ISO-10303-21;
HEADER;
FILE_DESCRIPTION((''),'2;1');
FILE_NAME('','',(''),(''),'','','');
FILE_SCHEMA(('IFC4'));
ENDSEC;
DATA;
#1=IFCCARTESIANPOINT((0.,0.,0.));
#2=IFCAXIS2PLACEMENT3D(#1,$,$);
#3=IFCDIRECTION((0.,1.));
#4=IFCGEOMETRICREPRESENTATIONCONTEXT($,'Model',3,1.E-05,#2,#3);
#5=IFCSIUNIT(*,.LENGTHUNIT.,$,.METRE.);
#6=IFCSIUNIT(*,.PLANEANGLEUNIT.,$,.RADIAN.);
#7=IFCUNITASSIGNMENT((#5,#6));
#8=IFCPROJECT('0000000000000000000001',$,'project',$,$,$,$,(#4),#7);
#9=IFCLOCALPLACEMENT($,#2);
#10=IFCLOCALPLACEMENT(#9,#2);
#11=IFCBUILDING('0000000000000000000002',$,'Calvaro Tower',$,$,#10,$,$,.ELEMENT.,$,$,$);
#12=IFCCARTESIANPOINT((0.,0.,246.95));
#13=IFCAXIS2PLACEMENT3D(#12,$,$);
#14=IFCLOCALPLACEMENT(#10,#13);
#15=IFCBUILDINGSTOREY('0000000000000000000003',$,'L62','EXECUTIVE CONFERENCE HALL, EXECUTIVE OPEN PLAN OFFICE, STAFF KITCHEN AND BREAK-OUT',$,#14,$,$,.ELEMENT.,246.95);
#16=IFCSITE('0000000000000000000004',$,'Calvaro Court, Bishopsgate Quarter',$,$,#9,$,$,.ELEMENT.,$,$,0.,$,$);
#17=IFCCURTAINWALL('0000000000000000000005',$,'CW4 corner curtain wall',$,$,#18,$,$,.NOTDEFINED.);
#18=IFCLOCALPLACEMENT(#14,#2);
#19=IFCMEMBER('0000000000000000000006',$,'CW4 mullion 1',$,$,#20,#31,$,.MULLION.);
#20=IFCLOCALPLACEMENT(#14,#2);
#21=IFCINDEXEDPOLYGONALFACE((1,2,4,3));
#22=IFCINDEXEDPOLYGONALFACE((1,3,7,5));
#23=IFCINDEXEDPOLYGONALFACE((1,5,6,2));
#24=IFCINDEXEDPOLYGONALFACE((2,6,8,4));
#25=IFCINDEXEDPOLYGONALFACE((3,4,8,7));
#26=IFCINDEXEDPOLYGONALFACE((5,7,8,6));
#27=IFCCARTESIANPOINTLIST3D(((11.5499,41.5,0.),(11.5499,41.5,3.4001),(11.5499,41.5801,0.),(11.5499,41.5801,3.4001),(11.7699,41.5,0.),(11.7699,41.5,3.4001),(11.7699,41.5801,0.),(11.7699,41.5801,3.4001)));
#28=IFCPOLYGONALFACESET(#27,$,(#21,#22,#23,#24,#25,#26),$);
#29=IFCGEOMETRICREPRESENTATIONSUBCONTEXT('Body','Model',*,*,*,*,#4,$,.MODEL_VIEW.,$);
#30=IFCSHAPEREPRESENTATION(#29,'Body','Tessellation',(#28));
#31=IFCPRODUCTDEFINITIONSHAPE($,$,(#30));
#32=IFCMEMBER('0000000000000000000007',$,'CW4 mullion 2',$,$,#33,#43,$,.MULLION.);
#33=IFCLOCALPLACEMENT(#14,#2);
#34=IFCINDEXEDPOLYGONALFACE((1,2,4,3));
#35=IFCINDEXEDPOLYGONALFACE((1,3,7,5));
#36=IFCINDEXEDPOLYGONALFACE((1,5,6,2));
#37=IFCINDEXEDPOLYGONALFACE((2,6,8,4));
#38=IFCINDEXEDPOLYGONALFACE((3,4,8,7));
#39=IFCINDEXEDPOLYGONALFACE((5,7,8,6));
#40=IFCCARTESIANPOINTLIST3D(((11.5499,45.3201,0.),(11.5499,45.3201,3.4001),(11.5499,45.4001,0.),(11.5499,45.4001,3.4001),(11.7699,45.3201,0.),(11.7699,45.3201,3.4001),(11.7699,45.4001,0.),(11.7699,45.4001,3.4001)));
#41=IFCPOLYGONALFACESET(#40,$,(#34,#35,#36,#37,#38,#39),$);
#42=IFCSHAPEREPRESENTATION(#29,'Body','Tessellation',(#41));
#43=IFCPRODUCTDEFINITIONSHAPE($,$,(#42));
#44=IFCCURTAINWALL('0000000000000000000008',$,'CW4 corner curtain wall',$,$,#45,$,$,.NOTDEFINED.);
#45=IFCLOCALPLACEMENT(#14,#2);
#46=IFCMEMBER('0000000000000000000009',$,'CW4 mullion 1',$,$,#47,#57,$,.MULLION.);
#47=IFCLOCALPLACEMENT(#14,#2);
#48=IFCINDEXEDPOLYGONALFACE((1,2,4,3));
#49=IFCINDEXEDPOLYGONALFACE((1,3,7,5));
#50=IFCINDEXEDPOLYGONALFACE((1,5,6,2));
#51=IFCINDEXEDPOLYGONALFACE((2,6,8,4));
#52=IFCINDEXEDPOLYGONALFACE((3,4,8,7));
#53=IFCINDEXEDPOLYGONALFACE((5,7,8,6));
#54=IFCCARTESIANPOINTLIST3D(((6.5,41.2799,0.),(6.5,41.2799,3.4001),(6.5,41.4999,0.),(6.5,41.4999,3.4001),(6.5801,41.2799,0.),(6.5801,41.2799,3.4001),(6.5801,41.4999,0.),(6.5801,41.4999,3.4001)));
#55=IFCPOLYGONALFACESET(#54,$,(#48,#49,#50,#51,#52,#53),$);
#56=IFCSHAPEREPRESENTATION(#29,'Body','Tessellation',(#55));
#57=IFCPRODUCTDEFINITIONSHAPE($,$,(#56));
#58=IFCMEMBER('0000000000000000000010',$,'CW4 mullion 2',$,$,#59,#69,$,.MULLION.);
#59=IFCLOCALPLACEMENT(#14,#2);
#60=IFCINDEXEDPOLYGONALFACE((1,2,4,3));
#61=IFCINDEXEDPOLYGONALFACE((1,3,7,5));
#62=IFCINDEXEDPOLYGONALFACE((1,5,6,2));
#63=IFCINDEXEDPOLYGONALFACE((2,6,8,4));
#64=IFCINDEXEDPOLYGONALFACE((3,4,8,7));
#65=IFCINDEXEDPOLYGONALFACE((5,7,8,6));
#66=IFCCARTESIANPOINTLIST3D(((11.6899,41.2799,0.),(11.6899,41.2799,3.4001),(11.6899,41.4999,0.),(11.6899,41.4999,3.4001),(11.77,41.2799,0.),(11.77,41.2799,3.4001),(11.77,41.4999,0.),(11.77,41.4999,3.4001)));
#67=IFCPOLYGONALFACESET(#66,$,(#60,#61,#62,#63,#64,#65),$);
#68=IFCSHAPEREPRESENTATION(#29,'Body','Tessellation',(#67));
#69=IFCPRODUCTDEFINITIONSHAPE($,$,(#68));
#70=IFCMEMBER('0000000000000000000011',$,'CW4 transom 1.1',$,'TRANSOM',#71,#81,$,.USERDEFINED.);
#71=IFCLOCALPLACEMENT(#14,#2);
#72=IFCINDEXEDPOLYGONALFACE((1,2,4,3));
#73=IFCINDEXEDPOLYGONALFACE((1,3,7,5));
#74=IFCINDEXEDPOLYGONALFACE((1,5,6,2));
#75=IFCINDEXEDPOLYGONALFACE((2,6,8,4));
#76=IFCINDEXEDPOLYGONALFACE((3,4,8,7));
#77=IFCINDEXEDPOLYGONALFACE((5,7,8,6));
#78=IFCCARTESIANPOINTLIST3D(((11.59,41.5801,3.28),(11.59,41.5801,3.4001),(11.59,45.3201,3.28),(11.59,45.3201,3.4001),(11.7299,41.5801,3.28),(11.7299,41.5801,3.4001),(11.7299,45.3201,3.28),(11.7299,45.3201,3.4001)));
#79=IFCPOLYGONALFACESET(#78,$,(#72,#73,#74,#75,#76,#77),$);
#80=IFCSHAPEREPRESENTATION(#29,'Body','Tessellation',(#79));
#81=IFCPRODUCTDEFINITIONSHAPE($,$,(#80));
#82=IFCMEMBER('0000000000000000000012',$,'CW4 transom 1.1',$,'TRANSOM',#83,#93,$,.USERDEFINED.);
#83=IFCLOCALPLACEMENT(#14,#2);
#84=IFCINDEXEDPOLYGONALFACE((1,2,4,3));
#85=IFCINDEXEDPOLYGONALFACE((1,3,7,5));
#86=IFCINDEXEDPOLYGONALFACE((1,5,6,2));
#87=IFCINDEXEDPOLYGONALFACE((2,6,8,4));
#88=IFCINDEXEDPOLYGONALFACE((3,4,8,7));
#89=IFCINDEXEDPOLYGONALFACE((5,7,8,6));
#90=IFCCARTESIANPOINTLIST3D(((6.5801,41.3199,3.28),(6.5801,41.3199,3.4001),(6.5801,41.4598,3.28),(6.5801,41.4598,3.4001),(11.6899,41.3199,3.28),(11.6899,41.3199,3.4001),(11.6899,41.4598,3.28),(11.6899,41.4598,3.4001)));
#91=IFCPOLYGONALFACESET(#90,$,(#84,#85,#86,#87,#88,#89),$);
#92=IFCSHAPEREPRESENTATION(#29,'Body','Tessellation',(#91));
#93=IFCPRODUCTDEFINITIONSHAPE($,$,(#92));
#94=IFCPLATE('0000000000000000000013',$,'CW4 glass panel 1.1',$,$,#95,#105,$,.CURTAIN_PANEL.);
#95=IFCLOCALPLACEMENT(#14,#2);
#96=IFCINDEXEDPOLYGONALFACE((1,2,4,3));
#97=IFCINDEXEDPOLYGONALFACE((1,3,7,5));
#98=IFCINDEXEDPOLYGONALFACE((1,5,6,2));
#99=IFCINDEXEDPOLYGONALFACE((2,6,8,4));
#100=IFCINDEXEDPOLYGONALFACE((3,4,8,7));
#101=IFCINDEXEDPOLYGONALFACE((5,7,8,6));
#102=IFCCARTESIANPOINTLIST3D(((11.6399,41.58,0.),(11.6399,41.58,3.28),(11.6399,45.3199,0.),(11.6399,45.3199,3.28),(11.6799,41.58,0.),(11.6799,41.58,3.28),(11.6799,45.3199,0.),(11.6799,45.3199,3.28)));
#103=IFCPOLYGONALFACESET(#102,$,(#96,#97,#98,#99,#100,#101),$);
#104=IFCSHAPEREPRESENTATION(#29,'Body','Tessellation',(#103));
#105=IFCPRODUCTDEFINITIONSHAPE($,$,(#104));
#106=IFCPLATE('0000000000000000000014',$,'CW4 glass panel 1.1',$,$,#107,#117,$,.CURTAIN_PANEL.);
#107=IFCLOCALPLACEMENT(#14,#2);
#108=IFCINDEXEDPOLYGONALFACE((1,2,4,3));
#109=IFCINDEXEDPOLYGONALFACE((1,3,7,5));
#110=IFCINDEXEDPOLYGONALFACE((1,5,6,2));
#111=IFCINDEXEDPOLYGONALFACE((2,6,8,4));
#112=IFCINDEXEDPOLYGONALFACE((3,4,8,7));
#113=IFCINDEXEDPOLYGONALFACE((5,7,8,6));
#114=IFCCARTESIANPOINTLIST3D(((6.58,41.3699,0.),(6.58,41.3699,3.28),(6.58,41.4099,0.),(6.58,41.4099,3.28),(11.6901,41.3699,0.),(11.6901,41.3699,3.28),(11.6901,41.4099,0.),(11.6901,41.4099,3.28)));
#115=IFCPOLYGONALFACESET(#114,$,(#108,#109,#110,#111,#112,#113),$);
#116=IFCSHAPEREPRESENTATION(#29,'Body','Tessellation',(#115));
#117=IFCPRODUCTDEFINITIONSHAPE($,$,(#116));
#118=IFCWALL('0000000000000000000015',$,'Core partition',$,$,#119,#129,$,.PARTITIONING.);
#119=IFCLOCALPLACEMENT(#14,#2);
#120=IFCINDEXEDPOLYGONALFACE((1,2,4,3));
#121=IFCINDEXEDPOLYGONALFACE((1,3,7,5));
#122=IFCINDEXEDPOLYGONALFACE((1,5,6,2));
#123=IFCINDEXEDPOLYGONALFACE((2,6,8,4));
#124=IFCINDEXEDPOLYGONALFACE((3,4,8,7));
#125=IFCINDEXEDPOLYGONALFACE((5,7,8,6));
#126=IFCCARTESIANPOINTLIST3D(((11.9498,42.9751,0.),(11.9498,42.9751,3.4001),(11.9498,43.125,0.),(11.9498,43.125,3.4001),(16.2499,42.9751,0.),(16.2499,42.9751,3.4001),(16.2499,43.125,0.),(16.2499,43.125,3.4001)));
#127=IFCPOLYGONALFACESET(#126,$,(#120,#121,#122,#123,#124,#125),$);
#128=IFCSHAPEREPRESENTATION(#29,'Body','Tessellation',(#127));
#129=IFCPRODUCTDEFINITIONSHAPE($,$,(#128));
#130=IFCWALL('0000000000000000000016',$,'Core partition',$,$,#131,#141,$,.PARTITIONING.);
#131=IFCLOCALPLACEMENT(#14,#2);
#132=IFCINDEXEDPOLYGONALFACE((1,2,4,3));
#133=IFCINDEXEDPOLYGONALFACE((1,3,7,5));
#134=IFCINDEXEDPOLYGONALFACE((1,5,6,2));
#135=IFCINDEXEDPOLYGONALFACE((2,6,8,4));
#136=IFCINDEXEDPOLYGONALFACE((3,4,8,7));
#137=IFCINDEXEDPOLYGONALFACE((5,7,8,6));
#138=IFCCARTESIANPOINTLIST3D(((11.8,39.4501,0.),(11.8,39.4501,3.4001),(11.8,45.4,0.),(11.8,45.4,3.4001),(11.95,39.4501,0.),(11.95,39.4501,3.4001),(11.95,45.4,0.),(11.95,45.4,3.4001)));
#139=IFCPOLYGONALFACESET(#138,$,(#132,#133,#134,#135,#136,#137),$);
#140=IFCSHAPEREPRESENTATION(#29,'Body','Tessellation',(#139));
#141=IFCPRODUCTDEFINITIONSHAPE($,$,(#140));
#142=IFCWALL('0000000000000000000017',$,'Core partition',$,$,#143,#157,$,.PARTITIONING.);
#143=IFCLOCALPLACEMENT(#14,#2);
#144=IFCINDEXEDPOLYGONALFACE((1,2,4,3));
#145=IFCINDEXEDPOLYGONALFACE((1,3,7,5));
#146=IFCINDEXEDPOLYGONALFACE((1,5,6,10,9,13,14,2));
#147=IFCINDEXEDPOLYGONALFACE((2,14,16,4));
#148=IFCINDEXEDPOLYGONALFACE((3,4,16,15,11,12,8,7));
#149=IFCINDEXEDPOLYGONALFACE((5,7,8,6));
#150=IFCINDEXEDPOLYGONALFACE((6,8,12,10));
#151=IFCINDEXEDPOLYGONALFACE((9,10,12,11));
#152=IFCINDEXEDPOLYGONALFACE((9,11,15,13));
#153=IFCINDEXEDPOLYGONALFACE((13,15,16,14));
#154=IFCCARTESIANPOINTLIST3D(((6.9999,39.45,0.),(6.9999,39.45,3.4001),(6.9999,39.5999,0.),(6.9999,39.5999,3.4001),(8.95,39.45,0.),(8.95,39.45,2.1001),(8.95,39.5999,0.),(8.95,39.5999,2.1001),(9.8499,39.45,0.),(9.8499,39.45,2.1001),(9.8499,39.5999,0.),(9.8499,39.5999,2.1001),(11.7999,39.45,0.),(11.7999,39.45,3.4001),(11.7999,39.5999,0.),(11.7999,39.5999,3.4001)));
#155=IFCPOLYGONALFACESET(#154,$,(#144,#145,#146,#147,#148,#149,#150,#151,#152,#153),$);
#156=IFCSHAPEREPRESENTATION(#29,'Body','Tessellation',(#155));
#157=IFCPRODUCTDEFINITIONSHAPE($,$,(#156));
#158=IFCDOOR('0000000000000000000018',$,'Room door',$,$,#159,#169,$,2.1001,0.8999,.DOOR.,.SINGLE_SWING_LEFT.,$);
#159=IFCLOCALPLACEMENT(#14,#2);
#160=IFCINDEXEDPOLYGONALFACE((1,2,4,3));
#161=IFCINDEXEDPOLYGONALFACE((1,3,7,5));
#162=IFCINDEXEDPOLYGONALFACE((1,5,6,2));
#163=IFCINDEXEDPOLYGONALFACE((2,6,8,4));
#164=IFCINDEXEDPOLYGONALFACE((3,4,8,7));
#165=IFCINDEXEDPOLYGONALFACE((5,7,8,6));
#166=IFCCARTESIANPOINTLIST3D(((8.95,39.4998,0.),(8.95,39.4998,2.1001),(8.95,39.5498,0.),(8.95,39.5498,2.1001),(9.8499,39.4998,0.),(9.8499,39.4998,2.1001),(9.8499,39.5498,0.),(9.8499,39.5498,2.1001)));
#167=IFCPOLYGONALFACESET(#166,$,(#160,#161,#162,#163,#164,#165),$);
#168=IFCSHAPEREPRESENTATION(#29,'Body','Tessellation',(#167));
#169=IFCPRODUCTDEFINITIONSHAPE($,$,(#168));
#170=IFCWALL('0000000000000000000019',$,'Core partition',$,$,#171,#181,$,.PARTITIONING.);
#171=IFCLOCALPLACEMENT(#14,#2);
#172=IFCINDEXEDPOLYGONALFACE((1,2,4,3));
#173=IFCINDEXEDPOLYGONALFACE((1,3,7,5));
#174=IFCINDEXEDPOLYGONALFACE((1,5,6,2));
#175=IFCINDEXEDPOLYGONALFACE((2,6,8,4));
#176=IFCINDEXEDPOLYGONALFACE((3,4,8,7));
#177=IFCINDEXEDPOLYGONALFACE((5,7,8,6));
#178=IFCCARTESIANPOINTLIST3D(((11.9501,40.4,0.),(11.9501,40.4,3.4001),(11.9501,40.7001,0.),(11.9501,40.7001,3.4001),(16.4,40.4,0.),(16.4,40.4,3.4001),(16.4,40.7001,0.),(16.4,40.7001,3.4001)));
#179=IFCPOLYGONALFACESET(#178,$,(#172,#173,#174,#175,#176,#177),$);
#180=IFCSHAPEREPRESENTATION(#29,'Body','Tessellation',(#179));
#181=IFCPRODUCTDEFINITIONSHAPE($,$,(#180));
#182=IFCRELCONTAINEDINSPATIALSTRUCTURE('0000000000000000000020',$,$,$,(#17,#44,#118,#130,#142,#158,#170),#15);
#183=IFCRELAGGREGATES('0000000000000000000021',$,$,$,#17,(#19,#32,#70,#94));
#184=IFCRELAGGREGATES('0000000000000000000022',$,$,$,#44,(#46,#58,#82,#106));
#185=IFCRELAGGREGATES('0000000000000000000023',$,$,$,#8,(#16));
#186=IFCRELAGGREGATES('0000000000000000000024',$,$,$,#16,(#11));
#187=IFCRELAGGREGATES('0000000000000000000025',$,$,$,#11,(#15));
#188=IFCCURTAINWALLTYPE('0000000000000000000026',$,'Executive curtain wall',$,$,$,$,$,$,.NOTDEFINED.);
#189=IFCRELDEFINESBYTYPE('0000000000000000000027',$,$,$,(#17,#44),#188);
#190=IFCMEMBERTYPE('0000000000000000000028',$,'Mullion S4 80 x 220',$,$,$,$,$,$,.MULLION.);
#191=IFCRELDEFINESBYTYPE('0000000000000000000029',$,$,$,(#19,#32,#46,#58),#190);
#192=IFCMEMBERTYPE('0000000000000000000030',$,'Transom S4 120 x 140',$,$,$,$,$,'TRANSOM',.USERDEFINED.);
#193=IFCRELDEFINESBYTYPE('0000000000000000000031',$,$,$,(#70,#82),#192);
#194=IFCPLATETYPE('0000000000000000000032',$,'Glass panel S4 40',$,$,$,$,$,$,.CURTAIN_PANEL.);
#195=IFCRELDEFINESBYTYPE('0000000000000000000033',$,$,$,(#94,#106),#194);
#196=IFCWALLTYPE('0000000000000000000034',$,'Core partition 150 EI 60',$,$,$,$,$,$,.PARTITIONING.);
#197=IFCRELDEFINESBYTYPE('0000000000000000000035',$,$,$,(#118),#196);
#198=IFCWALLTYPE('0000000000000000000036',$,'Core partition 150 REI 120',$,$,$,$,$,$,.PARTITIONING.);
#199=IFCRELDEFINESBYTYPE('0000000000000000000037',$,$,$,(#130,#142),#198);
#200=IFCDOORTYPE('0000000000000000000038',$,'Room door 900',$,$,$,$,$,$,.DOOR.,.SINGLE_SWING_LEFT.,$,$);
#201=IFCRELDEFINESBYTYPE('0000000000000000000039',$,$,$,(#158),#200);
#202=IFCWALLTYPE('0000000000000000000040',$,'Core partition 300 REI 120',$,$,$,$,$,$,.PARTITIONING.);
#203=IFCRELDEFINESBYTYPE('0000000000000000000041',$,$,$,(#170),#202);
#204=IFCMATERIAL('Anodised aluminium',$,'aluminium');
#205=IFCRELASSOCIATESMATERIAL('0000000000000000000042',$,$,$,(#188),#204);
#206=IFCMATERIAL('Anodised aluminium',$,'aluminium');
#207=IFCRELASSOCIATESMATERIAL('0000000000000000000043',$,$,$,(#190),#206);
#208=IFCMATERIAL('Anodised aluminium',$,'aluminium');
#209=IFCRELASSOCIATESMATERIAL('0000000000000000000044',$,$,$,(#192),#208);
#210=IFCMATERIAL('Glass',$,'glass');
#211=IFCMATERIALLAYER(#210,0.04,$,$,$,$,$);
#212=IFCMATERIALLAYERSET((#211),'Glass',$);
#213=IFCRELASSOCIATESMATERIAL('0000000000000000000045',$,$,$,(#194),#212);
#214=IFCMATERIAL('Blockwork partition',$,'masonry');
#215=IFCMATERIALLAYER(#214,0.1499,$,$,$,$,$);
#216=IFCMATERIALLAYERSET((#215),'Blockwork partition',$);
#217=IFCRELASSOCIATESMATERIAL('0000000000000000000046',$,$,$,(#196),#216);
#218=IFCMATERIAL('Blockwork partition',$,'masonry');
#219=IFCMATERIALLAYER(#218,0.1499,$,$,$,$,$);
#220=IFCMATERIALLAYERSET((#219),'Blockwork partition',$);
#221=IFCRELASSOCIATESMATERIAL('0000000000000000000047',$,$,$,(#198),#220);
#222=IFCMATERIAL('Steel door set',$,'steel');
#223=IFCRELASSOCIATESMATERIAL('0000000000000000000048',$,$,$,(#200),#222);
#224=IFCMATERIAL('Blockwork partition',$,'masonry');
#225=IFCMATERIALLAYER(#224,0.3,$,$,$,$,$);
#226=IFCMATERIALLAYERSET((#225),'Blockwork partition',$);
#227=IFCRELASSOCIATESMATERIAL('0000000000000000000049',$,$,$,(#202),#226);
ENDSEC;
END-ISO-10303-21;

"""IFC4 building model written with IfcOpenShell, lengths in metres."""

from ifc_helpers import new_model, si_unit, direction, frame, frame_2d, origin, origin_2d, place, context, subcontext, project, spatial, rectangle, extrude, material, layer, layer_set, material_profile, profile_set, type_object, element, fill, aggregate, save


model = new_model("IFC4")

# Units and contexts
model_context = context("Model", 3, precision=1e-05, world=origin(), true_north=direction((0.0, 1.0)))
body_context = subcontext(model_context, "Body", "Model", "MODEL_VIEW")
ifc_project = project(units=[si_unit("LENGTHUNIT", "METRE"), si_unit("PLANEANGLEUNIT", "RADIAN")], contexts=[model_context])

# Site, building, storey
site_placement = place(None, origin())
site = spatial("IfcSite", under=ifc_project, at=site_placement, Name="Calvaro Court, Bishopsgate Quarter", CompositionType="ELEMENT", RefElevation=0.0)
building_placement = place(site_placement, origin())
building = spatial("IfcBuilding", under=site, at=building_placement, Name="Calvaro Tower", CompositionType="ELEMENT")
storey_placement = place(building_placement, frame((0.0, 0.0, 246.95)))
storey = spatial("IfcBuildingStorey", under=building, at=storey_placement, Name="L62", Description="EXECUTIVE CONFERENCE HALL, EXECUTIVE OPEN PLAN OFFICE, STAFF KITCHEN AND BREAK-OUT", CompositionType="ELEMENT", Elevation=246.95)

# Curtain walls, members
ifc_material_1 = material(Name="Anodised aluminium", Category="aluminium")
curtain_wall_type = type_object("IfcCurtainWallType", Name="Executive curtain wall", PredefinedType="NOTDEFINED", material=ifc_material_1)
curtain_wall_1_placement = place(storey_placement, origin())
curtain_wall_1 = element("IfcCurtainWall", 1, at=curtain_wall_1_placement, inside=storey, type_object=curtain_wall_type, Name="CW4 corner curtain wall", PredefinedType="NOTDEFINED")
ifc_material_2 = material(Name="Anodised aluminium", Category="aluminium")
ifc_material_profile_1 = material_profile(ifc_material_2, rectangle(XDim=0.22, YDim=0.0801, at=origin_2d()), Name="Mullion S4 80 x 220")
ifc_profile_set_1 = profile_set([ifc_material_profile_1], Name="Anodised aluminium")
member_type_1 = type_object("IfcMemberType", Name="Mullion S4 80 x 220", PredefinedType="MULLION", material=ifc_profile_set_1)
member_1_placement = place(storey_placement, frame((11.6599, 41.54, 0.0), z_axis=(0.0, 0.0, 1.0), x_axis=(-1.0, 0.0, 0.0)))
member_1 = element("IfcMember", 2, at=member_1_placement, type_object=member_type_1, Name="CW4 mullion 1", PredefinedType="MULLION", context=body_context, shape_type="SweptSolid", body=[
    extrude(rectangle(XDim=0.22, YDim=0.0801, at=origin_2d()), origin(), (0.0, 0.0, 1.0), 3.4001),
])
member_2_placement = place(storey_placement, frame((11.6599, 45.3601, 0.0), z_axis=(0.0, 0.0, 1.0), x_axis=(-1.0, 0.0, 0.0)))
member_2 = element("IfcMember", 3, at=member_2_placement, type_object=member_type_1, Name="CW4 mullion 2", PredefinedType="MULLION", context=body_context, shape_type="SweptSolid", body=[
    extrude(rectangle(XDim=0.22, YDim=0.0801, at=origin_2d()), origin(), (0.0, 0.0, 1.0), 3.4001),
])
curtain_wall_2_placement = place(storey_placement, origin())
curtain_wall_2 = element("IfcCurtainWall", 4, at=curtain_wall_2_placement, inside=storey, type_object=curtain_wall_type, Name="CW4 corner curtain wall", PredefinedType="NOTDEFINED")
member_3_placement = place(storey_placement, frame((6.54, 41.3899, 0.0), z_axis=(0.0, 0.0, 1.0), x_axis=(0.0, 1.0, 0.0)))
member_3 = element("IfcMember", 5, at=member_3_placement, type_object=member_type_1, Name="CW4 mullion 1", PredefinedType="MULLION", context=body_context, shape_type="SweptSolid", body=[
    extrude(rectangle(XDim=0.22, YDim=0.0801, at=origin_2d()), origin(), (0.0, 0.0, 1.0), 3.4001),
])
member_4_placement = place(storey_placement, frame((11.73, 41.3899, 0.0), z_axis=(0.0, 0.0, 1.0), x_axis=(0.0, 1.0, 0.0)))
member_4 = element("IfcMember", 6, at=member_4_placement, type_object=member_type_1, Name="CW4 mullion 2", PredefinedType="MULLION", context=body_context, shape_type="SweptSolid", body=[
    extrude(rectangle(XDim=0.22, YDim=0.0801, at=origin_2d()), origin(), (0.0, 0.0, 1.0), 3.4001),
])

# Members
ifc_material_3 = material(Name="Anodised aluminium", Category="aluminium")
ifc_material_profile_2 = material_profile(ifc_material_3, rectangle(XDim=0.1399, YDim=0.1201, at=origin_2d()), Name="Transom S4 120 x 140")
ifc_profile_set_2 = profile_set([ifc_material_profile_2], Name="Anodised aluminium")
member_type_2 = type_object("IfcMemberType", Name="Transom S4 120 x 140", ElementType="TRANSOM", PredefinedType="USERDEFINED", material=ifc_profile_set_2)
member_5_placement = place(storey_placement, frame((11.6599, 41.5801, 3.3401), z_axis=(0.0, 1.0, 0.0), x_axis=(-1.0, 0.0, 0.0)))
member_5 = element("IfcMember", 7, at=member_5_placement, type_object=member_type_2, Name="CW4 transom 1.1", ObjectType="TRANSOM", PredefinedType="USERDEFINED", context=body_context, shape_type="SweptSolid", body=[
    extrude(rectangle(XDim=0.1399, YDim=0.1201, at=origin_2d()), origin(), (0.0, 0.0, 1.0), 3.74),
])
member_6_placement = place(storey_placement, frame((6.5801, 41.3899, 3.3401), z_axis=(1.0, 0.0, 0.0), x_axis=(0.0, 1.0, 0.0)))
member_6 = element("IfcMember", 8, at=member_6_placement, type_object=member_type_2, Name="CW4 transom 1.1", ObjectType="TRANSOM", PredefinedType="USERDEFINED", context=body_context, shape_type="SweptSolid", body=[
    extrude(rectangle(XDim=0.1399, YDim=0.1201, at=origin_2d()), origin(), (0.0, 0.0, 1.0), 5.1099),
])

# Plates
ifc_material_4 = material(Name="Glass", Category="glass")
ifc_layer_1 = layer(ifc_material_4, 0.04)
ifc_layer_set_1 = layer_set([ifc_layer_1], Name="Glass")
plate_type = type_object("IfcPlateType", Name="Glass panel S4 40", PredefinedType="CURTAIN_PANEL", material=ifc_layer_set_1)
plate_1_placement = place(storey_placement, frame((11.6599, 43.45, 0.0), z_axis=(0.0, 0.0, 1.0), x_axis=(0.0, 1.0, 0.0)))
plate_1 = element("IfcPlate", 9, at=plate_1_placement, type_object=plate_type, Name="CW4 glass panel 1.1", PredefinedType="CURTAIN_PANEL", context=body_context, shape_type="SweptSolid", body=[
    extrude(rectangle(XDim=3.74, YDim=0.04, at=origin_2d()), origin(), (0.0, 0.0, 1.0), 3.28),
])
aggregate(curtain_wall_1, [member_1, member_2, member_5, plate_1])
plate_2_placement = place(storey_placement, frame((9.135, 41.3899, 0.0), z_axis=(0.0, 0.0, 1.0), x_axis=(1.0, 0.0, 0.0)))
plate_2 = element("IfcPlate", 10, at=plate_2_placement, type_object=plate_type, Name="CW4 glass panel 1.1", PredefinedType="CURTAIN_PANEL", context=body_context, shape_type="SweptSolid", body=[
    extrude(rectangle(XDim=5.1101, YDim=0.04, at=origin_2d()), origin(), (0.0, 0.0, 1.0), 3.28),
])
aggregate(curtain_wall_2, [member_3, member_4, member_6, plate_2])

# Walls
ifc_material_5 = material(Name="Blockwork partition", Category="masonry")
ifc_layer_2 = layer(ifc_material_5, 0.1499)
ifc_layer_set_2 = layer_set([ifc_layer_2], Name="Blockwork partition")
wall_type_1 = type_object("IfcWallType", Name="Core partition 150 EI 60", PredefinedType="PARTITIONING", material=ifc_layer_set_2)
wall_1_placement = place(storey_placement, frame((11.95, 43.05, 0.0), z_axis=(0.0, 0.0, 1.0), x_axis=(1.0, 0.0, 0.0)))
element("IfcWall", 11, at=wall_1_placement, inside=storey, type_object=wall_type_1, Name="Core partition", PredefinedType="PARTITIONING", context=body_context, shape_type="SweptSolid", body=[
    extrude(rectangle(XDim=4.3, YDim=0.1499, at=frame_2d((2.1499, 0.0))), origin(), (0.0, 0.0, 1.0), 3.4001),
])
ifc_material_6 = material(Name="Blockwork partition", Category="masonry")
ifc_layer_3 = layer(ifc_material_6, 0.1499)
ifc_layer_set_3 = layer_set([ifc_layer_3], Name="Blockwork partition")
wall_type_2 = type_object("IfcWallType", Name="Core partition 150 REI 120", PredefinedType="PARTITIONING", material=ifc_layer_set_3)
wall_2_placement = place(storey_placement, frame((11.875, 39.45, 0.0), z_axis=(0.0, 0.0, 1.0), x_axis=(0.0, 1.0, 0.0)))
element("IfcWall", 12, at=wall_2_placement, inside=storey, type_object=wall_type_2, Name="Core partition", PredefinedType="PARTITIONING", context=body_context, shape_type="SweptSolid", body=[
    extrude(rectangle(XDim=5.95, YDim=0.1499, at=frame_2d((2.9751, 0.0))), origin(), (0.0, 0.0, 1.0), 3.4001),
])

# Wall, opening, door
wall_3_placement = place(storey_placement, frame((7.0, 39.5249, 0.0), z_axis=(0.0, 0.0, 1.0), x_axis=(1.0, 0.0, 0.0)))
wall_3 = element("IfcWall", 13, at=wall_3_placement, inside=storey, type_object=wall_type_2, Name="Core partition", PredefinedType="PARTITIONING", context=body_context, shape_type="SweptSolid", body=[
    extrude(rectangle(XDim=4.8, YDim=0.1499, at=frame_2d((2.3999, 0.0))), origin(), (0.0, 0.0, 1.0), 3.4001),
])
opening_1_placement = place(wall_3_placement, frame((1.95, 0.0, 0.0)))
opening_1 = element("IfcOpeningElement", 14, at=opening_1_placement, cuts=wall_3, PredefinedType="OPENING", context=body_context, shape_type="SweptSolid", body=[
    extrude(rectangle(XDim=0.8999, YDim=2.1001, at=frame_2d((0.45, 1.05))), frame((0.0, 0.085, 0.0), z_axis=(0.0, -1.0, 0.0), x_axis=(1.0, 0.0, 0.0)), (0.0, 0.0, 1.0), 0.1699),
])
ifc_material_7 = material(Name="Steel door set", Category="steel")
door_type_1 = type_object("IfcDoorType", Name="Room door 900", OperationType="SINGLE_SWING_LEFT", PredefinedType="DOOR", material=ifc_material_7)
door_1_placement = place(opening_1_placement, origin())
door_1 = element("IfcDoor", 15, at=door_1_placement, inside=storey, type_object=door_type_1, Name="Room door", OperationType="SINGLE_SWING_LEFT", OverallHeight=2.1001, OverallWidth=0.8999, PredefinedType="DOOR", context=body_context, shape_type="SweptSolid", body=[
    extrude(rectangle(XDim=0.8999, YDim=2.1001, at=frame_2d((0.45, 1.05))), frame((0.0, 0.0249, 0.0), z_axis=(0.0, -1.0, 0.0), x_axis=(1.0, 0.0, 0.0)), (0.0, 0.0, 1.0), 0.05),
])
fill(opening_1, door_1)

# Wall
ifc_material_8 = material(Name="Blockwork partition", Category="masonry")
ifc_layer_4 = layer(ifc_material_8, 0.3)
ifc_layer_set_4 = layer_set([ifc_layer_4], Name="Blockwork partition")
wall_type_3 = type_object("IfcWallType", Name="Core partition 300 REI 120", PredefinedType="PARTITIONING", material=ifc_layer_set_4)
wall_4_placement = place(storey_placement, frame((11.95, 40.55, 0.0), z_axis=(0.0, 0.0, 1.0), x_axis=(1.0, 0.0, 0.0)))
element("IfcWall", 16, at=wall_4_placement, inside=storey, type_object=wall_type_3, Name="Core partition", PredefinedType="PARTITIONING", context=body_context, shape_type="SweptSolid", body=[
    extrude(rectangle(XDim=4.45, YDim=0.3, at=frame_2d((2.2251, 0.0))), origin(), (0.0, 0.0, 1.0), 3.4001),
])

save(model, "model.ifc")
